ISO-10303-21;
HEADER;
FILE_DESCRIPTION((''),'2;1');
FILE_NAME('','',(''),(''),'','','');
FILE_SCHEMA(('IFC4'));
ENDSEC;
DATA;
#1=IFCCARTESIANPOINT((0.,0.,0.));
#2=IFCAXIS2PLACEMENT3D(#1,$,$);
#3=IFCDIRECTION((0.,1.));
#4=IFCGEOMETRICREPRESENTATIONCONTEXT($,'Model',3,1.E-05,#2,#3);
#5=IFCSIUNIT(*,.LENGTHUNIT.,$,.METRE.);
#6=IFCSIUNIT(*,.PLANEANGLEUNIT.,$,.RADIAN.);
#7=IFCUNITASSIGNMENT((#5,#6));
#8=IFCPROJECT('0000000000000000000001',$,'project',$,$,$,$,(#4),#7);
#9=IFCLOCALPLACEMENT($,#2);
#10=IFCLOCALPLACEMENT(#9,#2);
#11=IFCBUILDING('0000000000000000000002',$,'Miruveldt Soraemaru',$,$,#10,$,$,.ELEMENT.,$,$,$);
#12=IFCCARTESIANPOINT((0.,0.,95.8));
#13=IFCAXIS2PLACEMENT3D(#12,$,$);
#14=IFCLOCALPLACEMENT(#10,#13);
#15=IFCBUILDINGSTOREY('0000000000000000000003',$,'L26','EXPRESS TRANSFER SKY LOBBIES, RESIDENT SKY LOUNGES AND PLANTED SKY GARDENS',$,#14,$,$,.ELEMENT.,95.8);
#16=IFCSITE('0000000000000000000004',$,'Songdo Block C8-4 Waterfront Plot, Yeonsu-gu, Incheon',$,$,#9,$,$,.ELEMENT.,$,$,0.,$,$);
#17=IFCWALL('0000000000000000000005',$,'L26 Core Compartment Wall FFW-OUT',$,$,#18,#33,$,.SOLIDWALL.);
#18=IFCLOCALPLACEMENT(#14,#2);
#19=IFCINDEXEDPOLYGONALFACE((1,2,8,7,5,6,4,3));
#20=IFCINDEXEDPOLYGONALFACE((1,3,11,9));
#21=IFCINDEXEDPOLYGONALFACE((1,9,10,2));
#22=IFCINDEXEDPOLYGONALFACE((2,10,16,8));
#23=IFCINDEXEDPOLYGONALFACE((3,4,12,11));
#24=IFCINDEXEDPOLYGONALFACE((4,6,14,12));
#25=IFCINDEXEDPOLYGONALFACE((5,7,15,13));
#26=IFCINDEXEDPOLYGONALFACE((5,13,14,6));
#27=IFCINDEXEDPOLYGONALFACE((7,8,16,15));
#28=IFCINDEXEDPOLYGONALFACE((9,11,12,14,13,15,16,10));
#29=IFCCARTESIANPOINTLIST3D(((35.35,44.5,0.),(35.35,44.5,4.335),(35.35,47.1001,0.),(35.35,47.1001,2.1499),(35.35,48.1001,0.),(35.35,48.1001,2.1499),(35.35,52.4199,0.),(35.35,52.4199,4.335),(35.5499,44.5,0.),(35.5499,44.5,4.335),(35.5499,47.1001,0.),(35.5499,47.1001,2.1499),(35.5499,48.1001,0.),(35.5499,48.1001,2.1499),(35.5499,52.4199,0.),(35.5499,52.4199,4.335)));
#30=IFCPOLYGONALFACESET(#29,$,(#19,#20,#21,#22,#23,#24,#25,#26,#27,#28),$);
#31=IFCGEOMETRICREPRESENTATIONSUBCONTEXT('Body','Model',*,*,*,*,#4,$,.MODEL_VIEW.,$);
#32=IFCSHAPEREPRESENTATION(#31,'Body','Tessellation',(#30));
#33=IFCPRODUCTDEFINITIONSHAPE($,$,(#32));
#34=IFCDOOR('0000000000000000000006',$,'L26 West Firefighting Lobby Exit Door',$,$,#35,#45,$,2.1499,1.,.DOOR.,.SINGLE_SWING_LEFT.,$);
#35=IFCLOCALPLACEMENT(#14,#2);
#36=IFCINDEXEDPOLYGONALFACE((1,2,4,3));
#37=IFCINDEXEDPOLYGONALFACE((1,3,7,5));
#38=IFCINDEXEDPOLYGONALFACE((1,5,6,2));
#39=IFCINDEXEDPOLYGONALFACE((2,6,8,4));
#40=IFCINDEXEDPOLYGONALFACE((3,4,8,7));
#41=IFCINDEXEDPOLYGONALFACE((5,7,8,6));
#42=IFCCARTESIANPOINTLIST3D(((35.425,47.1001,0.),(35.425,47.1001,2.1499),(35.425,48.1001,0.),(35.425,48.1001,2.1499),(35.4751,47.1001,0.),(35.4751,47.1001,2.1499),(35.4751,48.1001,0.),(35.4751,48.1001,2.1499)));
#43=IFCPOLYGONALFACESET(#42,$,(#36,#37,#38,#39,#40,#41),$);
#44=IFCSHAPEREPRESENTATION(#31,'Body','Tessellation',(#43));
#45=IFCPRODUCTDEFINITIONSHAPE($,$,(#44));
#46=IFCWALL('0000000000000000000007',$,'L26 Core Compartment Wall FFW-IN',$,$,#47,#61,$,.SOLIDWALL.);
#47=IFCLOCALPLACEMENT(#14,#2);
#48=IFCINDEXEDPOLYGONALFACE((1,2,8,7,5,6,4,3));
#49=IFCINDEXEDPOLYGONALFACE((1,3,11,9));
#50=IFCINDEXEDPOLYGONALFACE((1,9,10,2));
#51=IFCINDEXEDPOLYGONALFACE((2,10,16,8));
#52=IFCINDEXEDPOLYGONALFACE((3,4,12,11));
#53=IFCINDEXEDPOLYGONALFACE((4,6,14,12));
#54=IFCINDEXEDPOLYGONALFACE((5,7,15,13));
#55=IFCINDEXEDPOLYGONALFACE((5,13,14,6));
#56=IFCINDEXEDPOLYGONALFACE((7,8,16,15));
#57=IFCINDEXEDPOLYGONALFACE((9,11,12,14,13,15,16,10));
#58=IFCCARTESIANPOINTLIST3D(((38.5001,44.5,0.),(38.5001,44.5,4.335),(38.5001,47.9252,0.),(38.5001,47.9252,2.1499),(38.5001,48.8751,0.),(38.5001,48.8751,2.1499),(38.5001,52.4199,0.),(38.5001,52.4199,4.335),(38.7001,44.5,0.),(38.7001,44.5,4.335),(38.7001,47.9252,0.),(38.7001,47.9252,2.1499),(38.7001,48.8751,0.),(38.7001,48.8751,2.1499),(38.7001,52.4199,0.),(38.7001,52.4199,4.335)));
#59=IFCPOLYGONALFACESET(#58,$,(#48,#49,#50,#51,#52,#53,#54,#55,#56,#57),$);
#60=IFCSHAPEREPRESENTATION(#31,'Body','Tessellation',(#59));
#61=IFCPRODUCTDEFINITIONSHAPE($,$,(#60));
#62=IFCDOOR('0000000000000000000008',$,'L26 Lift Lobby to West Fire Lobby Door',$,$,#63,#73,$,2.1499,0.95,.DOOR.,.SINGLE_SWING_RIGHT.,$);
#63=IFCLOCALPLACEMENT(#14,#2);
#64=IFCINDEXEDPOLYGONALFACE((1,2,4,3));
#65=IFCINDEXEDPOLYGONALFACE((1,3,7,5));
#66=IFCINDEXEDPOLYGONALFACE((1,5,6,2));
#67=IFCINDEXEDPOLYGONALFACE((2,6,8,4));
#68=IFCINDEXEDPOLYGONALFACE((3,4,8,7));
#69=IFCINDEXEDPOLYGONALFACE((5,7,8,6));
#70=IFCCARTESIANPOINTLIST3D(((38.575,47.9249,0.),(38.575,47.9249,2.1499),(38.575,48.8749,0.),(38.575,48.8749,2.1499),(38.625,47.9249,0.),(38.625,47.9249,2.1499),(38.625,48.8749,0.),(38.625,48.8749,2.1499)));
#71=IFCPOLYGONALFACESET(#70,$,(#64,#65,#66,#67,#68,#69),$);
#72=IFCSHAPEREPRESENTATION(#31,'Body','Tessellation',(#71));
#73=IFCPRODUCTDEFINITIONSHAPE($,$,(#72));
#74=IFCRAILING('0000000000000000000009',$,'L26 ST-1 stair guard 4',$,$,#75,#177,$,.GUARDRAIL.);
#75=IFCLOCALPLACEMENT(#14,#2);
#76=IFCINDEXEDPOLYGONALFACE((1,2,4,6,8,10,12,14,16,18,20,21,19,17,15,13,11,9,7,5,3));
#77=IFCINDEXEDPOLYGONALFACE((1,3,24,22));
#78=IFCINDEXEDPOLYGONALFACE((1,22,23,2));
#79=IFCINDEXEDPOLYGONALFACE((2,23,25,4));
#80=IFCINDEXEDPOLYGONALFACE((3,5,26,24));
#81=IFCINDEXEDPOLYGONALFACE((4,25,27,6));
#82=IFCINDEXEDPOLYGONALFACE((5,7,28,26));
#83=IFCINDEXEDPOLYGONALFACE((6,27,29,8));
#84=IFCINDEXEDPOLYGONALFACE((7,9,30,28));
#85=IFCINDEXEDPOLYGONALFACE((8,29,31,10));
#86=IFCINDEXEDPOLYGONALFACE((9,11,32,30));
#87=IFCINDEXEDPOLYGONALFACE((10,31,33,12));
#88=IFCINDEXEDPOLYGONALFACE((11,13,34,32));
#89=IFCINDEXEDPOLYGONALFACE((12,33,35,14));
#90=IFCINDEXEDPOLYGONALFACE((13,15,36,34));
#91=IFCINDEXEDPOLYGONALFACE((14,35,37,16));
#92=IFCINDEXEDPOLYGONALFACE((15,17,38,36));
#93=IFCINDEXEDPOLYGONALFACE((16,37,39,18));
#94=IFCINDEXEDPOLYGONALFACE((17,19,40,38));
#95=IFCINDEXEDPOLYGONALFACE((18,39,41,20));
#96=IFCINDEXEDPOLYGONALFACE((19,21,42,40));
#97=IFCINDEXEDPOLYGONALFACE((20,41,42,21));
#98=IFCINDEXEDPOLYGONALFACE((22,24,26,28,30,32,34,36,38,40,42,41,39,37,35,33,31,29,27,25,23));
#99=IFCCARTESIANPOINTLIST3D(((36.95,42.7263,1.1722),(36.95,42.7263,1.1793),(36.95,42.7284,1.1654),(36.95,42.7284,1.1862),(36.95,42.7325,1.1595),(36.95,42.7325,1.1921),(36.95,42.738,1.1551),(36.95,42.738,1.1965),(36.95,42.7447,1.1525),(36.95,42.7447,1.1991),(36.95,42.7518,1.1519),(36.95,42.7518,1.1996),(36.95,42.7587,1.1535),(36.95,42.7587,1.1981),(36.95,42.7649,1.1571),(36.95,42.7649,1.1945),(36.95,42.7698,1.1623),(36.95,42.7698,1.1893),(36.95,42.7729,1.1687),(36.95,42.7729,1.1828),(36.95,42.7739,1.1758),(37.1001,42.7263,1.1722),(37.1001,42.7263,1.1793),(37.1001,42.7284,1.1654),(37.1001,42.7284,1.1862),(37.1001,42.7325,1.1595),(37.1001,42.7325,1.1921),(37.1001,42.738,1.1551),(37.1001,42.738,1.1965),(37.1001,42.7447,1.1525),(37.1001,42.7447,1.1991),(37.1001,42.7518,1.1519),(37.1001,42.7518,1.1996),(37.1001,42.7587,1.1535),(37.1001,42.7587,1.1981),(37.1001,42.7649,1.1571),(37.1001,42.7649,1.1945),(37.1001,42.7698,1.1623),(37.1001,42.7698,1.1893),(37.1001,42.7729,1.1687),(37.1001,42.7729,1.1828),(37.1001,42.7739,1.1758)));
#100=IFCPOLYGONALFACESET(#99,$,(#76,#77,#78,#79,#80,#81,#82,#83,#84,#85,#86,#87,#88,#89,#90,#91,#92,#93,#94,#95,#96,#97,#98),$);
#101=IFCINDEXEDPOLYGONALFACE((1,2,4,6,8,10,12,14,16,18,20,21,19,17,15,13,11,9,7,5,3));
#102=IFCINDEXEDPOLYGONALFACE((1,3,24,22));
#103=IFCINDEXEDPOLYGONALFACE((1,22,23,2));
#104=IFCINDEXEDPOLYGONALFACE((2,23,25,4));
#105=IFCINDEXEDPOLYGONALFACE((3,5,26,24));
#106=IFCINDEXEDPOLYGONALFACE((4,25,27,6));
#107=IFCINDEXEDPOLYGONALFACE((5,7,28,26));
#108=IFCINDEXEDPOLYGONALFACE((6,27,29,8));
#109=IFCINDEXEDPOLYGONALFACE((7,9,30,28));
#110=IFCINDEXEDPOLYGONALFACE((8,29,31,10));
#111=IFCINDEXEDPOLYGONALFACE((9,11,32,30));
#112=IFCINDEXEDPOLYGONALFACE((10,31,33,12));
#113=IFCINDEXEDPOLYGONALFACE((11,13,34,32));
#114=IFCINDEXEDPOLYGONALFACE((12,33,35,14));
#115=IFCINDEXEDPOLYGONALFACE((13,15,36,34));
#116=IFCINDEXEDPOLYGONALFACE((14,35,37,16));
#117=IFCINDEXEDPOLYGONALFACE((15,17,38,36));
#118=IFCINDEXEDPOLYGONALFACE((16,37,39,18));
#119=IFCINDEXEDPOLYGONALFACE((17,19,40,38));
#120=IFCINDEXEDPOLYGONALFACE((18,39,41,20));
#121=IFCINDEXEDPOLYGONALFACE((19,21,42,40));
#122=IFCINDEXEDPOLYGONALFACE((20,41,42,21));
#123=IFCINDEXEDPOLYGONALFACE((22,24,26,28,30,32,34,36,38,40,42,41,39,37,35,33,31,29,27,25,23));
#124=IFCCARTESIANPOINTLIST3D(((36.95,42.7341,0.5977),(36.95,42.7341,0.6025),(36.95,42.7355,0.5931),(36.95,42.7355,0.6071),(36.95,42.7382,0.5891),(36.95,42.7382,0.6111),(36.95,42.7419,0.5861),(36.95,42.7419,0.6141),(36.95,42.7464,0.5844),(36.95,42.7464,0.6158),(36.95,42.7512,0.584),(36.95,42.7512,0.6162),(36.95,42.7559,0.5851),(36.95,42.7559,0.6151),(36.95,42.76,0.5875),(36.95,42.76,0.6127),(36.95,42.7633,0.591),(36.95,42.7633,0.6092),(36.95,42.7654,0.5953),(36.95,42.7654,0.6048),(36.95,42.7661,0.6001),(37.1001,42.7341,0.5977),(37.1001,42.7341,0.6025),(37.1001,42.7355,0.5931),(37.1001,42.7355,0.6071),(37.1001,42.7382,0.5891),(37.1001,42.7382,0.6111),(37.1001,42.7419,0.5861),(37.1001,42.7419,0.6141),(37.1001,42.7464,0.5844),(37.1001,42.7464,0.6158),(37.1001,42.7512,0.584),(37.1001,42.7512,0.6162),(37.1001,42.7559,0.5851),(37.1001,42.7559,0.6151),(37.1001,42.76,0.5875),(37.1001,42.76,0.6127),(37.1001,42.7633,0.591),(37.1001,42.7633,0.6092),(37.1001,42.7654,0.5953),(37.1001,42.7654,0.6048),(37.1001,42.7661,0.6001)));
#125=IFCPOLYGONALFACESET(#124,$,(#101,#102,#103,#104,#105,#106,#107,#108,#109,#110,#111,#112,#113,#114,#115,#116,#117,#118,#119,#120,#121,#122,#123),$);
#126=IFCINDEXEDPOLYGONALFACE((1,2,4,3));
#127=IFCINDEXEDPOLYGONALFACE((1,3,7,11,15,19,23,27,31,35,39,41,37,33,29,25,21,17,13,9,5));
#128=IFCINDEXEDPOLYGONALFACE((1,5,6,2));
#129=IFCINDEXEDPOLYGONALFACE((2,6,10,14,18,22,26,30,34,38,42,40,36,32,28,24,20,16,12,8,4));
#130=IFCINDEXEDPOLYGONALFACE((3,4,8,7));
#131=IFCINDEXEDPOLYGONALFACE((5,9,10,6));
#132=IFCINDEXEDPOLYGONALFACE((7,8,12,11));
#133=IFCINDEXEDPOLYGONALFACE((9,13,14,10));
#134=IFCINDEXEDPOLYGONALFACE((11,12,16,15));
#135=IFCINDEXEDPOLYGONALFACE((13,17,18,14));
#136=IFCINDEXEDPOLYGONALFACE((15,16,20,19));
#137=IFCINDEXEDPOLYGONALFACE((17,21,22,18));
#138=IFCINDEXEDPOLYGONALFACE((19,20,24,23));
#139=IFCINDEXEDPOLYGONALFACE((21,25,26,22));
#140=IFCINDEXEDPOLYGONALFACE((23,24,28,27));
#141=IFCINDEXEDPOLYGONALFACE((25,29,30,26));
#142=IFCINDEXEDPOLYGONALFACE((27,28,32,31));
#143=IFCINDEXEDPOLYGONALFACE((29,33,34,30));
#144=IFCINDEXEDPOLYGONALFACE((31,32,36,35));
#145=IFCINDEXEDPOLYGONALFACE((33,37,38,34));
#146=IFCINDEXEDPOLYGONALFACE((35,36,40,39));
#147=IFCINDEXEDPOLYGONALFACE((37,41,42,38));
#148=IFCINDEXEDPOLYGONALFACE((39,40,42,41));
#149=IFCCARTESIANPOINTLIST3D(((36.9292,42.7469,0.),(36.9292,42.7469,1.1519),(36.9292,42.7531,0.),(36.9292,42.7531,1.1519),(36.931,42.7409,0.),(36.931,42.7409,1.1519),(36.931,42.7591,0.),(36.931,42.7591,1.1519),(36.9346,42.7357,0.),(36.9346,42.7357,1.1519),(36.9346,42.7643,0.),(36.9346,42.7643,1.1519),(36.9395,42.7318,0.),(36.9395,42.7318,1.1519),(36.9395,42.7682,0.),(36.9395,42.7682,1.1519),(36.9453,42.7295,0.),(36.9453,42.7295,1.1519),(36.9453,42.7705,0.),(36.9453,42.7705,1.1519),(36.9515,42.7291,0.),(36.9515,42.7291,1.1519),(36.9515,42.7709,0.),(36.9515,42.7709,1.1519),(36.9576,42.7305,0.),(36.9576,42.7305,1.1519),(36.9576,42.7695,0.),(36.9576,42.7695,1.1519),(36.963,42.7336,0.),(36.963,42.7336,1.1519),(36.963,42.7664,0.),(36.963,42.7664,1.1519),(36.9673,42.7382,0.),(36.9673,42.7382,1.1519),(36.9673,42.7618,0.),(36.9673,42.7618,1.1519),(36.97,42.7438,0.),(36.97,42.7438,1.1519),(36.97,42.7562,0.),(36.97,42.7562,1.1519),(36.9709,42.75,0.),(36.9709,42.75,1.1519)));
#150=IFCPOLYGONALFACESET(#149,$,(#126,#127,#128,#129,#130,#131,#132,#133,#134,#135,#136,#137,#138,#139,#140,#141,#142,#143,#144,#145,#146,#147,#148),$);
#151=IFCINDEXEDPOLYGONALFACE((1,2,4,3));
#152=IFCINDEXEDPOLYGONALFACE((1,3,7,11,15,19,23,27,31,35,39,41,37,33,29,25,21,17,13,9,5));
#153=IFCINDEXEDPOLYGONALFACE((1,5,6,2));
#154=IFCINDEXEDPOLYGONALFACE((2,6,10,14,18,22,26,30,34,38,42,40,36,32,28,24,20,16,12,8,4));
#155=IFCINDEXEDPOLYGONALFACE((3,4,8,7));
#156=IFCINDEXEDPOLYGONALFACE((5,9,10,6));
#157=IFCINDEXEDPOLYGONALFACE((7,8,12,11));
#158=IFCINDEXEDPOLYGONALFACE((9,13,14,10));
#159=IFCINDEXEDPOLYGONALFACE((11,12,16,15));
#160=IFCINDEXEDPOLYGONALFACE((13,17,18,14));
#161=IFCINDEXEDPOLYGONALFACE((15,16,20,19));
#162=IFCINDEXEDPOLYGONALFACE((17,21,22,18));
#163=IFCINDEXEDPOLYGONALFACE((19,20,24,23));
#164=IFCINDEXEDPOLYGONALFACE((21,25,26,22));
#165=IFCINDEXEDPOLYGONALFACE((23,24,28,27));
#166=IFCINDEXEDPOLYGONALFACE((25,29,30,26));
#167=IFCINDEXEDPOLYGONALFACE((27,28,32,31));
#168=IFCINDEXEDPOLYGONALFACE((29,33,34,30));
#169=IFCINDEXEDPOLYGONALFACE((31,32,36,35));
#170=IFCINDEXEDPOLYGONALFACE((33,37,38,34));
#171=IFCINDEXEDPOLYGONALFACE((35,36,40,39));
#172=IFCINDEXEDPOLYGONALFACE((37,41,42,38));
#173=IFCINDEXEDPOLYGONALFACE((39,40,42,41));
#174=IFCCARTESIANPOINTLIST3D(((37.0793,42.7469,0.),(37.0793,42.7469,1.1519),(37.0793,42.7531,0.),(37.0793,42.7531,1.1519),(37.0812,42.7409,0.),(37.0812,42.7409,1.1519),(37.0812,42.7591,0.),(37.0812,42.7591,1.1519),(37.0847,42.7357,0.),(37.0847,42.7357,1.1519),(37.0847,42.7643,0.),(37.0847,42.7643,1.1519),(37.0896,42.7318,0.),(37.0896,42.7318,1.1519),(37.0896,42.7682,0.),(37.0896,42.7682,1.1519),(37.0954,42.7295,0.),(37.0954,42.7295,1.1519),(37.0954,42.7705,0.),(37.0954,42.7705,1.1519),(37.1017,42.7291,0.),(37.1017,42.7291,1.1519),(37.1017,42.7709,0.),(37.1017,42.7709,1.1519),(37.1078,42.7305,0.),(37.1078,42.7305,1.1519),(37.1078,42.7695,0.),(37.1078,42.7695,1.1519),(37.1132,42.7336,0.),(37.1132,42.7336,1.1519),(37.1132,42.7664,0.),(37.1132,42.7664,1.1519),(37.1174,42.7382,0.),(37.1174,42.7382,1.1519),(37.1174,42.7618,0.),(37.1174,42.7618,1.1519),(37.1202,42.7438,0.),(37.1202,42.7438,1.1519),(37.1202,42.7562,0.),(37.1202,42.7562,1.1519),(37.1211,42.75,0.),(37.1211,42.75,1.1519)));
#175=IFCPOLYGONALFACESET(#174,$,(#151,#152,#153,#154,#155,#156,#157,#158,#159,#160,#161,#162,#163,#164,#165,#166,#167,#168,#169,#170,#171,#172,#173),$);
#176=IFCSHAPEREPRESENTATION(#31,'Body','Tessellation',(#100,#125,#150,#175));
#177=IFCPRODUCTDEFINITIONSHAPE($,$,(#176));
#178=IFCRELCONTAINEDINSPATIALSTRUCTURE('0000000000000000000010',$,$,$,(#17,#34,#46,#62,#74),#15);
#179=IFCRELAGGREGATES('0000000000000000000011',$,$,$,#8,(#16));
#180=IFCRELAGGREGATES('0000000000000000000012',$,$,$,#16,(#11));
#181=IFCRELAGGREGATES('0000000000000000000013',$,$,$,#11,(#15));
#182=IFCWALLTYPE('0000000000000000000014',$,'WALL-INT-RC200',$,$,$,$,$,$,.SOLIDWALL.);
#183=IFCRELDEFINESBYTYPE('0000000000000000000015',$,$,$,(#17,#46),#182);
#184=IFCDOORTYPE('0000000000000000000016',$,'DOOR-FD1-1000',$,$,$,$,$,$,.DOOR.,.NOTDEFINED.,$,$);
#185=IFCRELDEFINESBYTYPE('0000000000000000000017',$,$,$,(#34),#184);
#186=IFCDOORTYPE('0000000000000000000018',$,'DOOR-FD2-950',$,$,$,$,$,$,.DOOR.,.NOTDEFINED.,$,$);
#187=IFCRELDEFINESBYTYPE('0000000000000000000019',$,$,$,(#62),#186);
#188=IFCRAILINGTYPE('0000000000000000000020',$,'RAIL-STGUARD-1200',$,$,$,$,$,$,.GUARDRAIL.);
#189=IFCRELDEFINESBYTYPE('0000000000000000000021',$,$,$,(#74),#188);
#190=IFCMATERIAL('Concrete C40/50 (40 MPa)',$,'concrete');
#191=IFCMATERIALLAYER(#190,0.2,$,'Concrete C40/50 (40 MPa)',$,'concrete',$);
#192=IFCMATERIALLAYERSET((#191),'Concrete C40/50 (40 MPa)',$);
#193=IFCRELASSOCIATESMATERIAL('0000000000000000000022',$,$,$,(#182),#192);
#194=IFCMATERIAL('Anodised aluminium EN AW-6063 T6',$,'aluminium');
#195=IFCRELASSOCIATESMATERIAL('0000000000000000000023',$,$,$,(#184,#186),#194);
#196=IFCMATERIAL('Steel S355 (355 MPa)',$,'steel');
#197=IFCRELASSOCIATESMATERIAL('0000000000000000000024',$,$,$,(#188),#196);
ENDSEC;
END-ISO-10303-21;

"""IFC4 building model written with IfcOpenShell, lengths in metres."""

from ifc_helpers import new_model, si_unit, direction, frame, frame_2d, origin, origin_2d, place, context, subcontext, project, spatial, rectangle, circle, extrude, material, layer, layer_set, type_object, element, fill, save


model = new_model("IFC4")

# Units and contexts
model_context = context("Model", 3, precision=1e-05, world=origin(), true_north=direction((0.0, 1.0)))
body_context = subcontext(model_context, "Body", "Model", "MODEL_VIEW")
ifc_project = project(units=[si_unit("LENGTHUNIT", "METRE"), si_unit("PLANEANGLEUNIT", "RADIAN")], contexts=[model_context])

# Site, building, storey
site_placement = place(None, origin())
site = spatial("IfcSite", under=ifc_project, at=site_placement, Name="Songdo Block C8-4 Waterfront Plot, Yeonsu-gu, Incheon", CompositionType="ELEMENT", RefElevation=0.0)
building_placement = place(site_placement, origin())
building = spatial("IfcBuilding", under=site, at=building_placement, Name="Miruveldt Soraemaru", CompositionType="ELEMENT")
storey_placement = place(building_placement, frame((0.0, 0.0, 95.8)))
storey = spatial("IfcBuildingStorey", under=building, at=storey_placement, Name="L26", Description="EXPRESS TRANSFER SKY LOBBIES, RESIDENT SKY LOUNGES AND PLANTED SKY GARDENS", CompositionType="ELEMENT", Elevation=95.8)

# Shared definitions
ifc_material_1 = material(Name="Anodised aluminium EN AW-6063 T6", Category="aluminium")

# Shared definitions
ifc_material_2 = material(Name="Concrete C40/50 (40 MPa)", Category="concrete")

# Walls, openings, doors
ifc_layer_1 = layer(ifc_material_2, 0.2, Name="Concrete C40/50 (40 MPa)", Category="concrete")
ifc_layer_set_1 = layer_set([ifc_layer_1], Name="Concrete C40/50 (40 MPa)")
wall_type_1 = type_object("IfcWallType", Name="WALL-INT-RC200", PredefinedType="SOLIDWALL", material=ifc_layer_set_1)
wall_1_placement = place(storey_placement, frame((35.45, 44.5, 0.0), z_axis=(0.0, 0.0, 1.0), x_axis=(0.0, 1.0, 0.0)))
wall_1 = element("IfcWall", 1, at=wall_1_placement, inside=storey, type_object=wall_type_1, Name="L26 Core Compartment Wall FFW-OUT", PredefinedType="SOLIDWALL", context=body_context, shape_type="SweptSolid", body=[
    extrude(rectangle(XDim=7.9199, YDim=0.2, at=frame_2d((3.96, 0.0))), origin(), (0.0, 0.0, 1.0), 4.335),
])
opening_1_placement = place(wall_1_placement, frame((2.6001, 0.0, 0.0)))
opening_1 = element("IfcOpeningElement", 2, at=opening_1_placement, cuts=wall_1, PredefinedType="OPENING", context=body_context, shape_type="SweptSolid", body=[
    extrude(rectangle(XDim=1.0, YDim=2.1499, at=frame_2d((0.5, 1.075))), frame((0.0, 0.1099, 0.0), z_axis=(0.0, -1.0, 0.0), x_axis=(1.0, 0.0, 0.0)), (0.0, 0.0, 1.0), 0.22),
])
door_type_1 = type_object("IfcDoorType", Name="DOOR-FD1-1000", OperationType="NOTDEFINED", PredefinedType="DOOR", material=ifc_material_1)
door_1_placement = place(opening_1_placement, origin())
door_1 = element("IfcDoor", 3, at=door_1_placement, inside=storey, type_object=door_type_1, Name="L26 West Firefighting Lobby Exit Door", OperationType="SINGLE_SWING_LEFT", OverallHeight=2.1499, OverallWidth=1.0, PredefinedType="DOOR", context=body_context, shape_type="SweptSolid", body=[
    extrude(rectangle(XDim=1.0, YDim=2.1499, at=frame_2d((0.5, 1.075))), frame((0.0, 0.0249, 0.0), z_axis=(0.0, -1.0, 0.0), x_axis=(1.0, 0.0, 0.0)), (0.0, 0.0, 1.0), 0.05),
])
fill(opening_1, door_1)
wall_2_placement = place(storey_placement, frame((38.6001, 44.5, 0.0), z_axis=(0.0, 0.0, 1.0), x_axis=(0.0, 1.0, 0.0)))
wall_2 = element("IfcWall", 4, at=wall_2_placement, inside=storey, type_object=wall_type_1, Name="L26 Core Compartment Wall FFW-IN", PredefinedType="SOLIDWALL", context=body_context, shape_type="SweptSolid", body=[
    extrude(rectangle(XDim=7.9199, YDim=0.2, at=frame_2d((3.96, 0.0))), origin(), (0.0, 0.0, 1.0), 4.335),
])
opening_2_placement = place(wall_2_placement, frame((3.425, 0.0, 0.0)))
opening_2 = element("IfcOpeningElement", 5, at=opening_2_placement, cuts=wall_2, PredefinedType="OPENING", context=body_context, shape_type="SweptSolid", body=[
    extrude(rectangle(XDim=0.95, YDim=2.1499, at=frame_2d((0.4751, 1.075))), frame((0.0, 0.1099, 0.0), z_axis=(0.0, -1.0, 0.0), x_axis=(1.0, 0.0, 0.0)), (0.0, 0.0, 1.0), 0.22),
])
door_type_2 = type_object("IfcDoorType", Name="DOOR-FD2-950", OperationType="NOTDEFINED", PredefinedType="DOOR", material=ifc_material_1)
door_2_placement = place(opening_2_placement, frame((0.95, 0.0, 0.0), z_axis=(0.0, 0.0, 1.0), x_axis=(-1.0, 0.0, 0.0)))
door_2 = element("IfcDoor", 6, at=door_2_placement, inside=storey, type_object=door_type_2, Name="L26 Lift Lobby to West Fire Lobby Door", OperationType="SINGLE_SWING_RIGHT", OverallHeight=2.1499, OverallWidth=0.95, PredefinedType="DOOR", context=body_context, shape_type="SweptSolid", body=[
    extrude(rectangle(XDim=0.95, YDim=2.1499, at=frame_2d((0.4751, 1.075))), frame((0.0, 0.0249, 0.0), z_axis=(0.0, -1.0, 0.0), x_axis=(1.0, 0.0, 0.0)), (0.0, 0.0, 1.0), 0.05),
])
fill(opening_2, door_2)

# Railing
ifc_material_3 = material(Name="Steel S355 (355 MPa)", Category="steel")
railing_type = type_object("IfcRailingType", Name="RAIL-STGUARD-1200", PredefinedType="GUARDRAIL", material=ifc_material_3)
railing_placement = place(storey_placement, frame((36.95, 42.75, 0.0)))
element("IfcRailing", 7, at=railing_placement, inside=storey, type_object=railing_type, Name="L26 ST-1 stair guard 4", PredefinedType="GUARDRAIL", context=body_context, shape_type="SweptSolid", body=[
    extrude(circle(Radius=0.0239, at=origin_2d()), frame((0.0, 0.0, 1.1758), z_axis=(1.0, 0.0, 0.0), x_axis=(0.0, 1.0, 0.0)), (0.0, 0.0, 1.0), 0.1501),
    extrude(circle(Radius=0.0161, at=origin_2d()), frame((0.0, 0.0, 0.6001), z_axis=(1.0, 0.0, 0.0), x_axis=(0.0, 1.0, 0.0)), (0.0, 0.0, 1.0), 0.1501),
    extrude(circle(Radius=0.021, at=origin_2d()), origin(), (0.0, 0.0, 1.0), 1.1519),
    extrude(circle(Radius=0.021, at=origin_2d()), frame((0.1501, 0.0, 0.0)), (0.0, 0.0, 1.0), 1.1519),
])

save(model, "model.ifc")
